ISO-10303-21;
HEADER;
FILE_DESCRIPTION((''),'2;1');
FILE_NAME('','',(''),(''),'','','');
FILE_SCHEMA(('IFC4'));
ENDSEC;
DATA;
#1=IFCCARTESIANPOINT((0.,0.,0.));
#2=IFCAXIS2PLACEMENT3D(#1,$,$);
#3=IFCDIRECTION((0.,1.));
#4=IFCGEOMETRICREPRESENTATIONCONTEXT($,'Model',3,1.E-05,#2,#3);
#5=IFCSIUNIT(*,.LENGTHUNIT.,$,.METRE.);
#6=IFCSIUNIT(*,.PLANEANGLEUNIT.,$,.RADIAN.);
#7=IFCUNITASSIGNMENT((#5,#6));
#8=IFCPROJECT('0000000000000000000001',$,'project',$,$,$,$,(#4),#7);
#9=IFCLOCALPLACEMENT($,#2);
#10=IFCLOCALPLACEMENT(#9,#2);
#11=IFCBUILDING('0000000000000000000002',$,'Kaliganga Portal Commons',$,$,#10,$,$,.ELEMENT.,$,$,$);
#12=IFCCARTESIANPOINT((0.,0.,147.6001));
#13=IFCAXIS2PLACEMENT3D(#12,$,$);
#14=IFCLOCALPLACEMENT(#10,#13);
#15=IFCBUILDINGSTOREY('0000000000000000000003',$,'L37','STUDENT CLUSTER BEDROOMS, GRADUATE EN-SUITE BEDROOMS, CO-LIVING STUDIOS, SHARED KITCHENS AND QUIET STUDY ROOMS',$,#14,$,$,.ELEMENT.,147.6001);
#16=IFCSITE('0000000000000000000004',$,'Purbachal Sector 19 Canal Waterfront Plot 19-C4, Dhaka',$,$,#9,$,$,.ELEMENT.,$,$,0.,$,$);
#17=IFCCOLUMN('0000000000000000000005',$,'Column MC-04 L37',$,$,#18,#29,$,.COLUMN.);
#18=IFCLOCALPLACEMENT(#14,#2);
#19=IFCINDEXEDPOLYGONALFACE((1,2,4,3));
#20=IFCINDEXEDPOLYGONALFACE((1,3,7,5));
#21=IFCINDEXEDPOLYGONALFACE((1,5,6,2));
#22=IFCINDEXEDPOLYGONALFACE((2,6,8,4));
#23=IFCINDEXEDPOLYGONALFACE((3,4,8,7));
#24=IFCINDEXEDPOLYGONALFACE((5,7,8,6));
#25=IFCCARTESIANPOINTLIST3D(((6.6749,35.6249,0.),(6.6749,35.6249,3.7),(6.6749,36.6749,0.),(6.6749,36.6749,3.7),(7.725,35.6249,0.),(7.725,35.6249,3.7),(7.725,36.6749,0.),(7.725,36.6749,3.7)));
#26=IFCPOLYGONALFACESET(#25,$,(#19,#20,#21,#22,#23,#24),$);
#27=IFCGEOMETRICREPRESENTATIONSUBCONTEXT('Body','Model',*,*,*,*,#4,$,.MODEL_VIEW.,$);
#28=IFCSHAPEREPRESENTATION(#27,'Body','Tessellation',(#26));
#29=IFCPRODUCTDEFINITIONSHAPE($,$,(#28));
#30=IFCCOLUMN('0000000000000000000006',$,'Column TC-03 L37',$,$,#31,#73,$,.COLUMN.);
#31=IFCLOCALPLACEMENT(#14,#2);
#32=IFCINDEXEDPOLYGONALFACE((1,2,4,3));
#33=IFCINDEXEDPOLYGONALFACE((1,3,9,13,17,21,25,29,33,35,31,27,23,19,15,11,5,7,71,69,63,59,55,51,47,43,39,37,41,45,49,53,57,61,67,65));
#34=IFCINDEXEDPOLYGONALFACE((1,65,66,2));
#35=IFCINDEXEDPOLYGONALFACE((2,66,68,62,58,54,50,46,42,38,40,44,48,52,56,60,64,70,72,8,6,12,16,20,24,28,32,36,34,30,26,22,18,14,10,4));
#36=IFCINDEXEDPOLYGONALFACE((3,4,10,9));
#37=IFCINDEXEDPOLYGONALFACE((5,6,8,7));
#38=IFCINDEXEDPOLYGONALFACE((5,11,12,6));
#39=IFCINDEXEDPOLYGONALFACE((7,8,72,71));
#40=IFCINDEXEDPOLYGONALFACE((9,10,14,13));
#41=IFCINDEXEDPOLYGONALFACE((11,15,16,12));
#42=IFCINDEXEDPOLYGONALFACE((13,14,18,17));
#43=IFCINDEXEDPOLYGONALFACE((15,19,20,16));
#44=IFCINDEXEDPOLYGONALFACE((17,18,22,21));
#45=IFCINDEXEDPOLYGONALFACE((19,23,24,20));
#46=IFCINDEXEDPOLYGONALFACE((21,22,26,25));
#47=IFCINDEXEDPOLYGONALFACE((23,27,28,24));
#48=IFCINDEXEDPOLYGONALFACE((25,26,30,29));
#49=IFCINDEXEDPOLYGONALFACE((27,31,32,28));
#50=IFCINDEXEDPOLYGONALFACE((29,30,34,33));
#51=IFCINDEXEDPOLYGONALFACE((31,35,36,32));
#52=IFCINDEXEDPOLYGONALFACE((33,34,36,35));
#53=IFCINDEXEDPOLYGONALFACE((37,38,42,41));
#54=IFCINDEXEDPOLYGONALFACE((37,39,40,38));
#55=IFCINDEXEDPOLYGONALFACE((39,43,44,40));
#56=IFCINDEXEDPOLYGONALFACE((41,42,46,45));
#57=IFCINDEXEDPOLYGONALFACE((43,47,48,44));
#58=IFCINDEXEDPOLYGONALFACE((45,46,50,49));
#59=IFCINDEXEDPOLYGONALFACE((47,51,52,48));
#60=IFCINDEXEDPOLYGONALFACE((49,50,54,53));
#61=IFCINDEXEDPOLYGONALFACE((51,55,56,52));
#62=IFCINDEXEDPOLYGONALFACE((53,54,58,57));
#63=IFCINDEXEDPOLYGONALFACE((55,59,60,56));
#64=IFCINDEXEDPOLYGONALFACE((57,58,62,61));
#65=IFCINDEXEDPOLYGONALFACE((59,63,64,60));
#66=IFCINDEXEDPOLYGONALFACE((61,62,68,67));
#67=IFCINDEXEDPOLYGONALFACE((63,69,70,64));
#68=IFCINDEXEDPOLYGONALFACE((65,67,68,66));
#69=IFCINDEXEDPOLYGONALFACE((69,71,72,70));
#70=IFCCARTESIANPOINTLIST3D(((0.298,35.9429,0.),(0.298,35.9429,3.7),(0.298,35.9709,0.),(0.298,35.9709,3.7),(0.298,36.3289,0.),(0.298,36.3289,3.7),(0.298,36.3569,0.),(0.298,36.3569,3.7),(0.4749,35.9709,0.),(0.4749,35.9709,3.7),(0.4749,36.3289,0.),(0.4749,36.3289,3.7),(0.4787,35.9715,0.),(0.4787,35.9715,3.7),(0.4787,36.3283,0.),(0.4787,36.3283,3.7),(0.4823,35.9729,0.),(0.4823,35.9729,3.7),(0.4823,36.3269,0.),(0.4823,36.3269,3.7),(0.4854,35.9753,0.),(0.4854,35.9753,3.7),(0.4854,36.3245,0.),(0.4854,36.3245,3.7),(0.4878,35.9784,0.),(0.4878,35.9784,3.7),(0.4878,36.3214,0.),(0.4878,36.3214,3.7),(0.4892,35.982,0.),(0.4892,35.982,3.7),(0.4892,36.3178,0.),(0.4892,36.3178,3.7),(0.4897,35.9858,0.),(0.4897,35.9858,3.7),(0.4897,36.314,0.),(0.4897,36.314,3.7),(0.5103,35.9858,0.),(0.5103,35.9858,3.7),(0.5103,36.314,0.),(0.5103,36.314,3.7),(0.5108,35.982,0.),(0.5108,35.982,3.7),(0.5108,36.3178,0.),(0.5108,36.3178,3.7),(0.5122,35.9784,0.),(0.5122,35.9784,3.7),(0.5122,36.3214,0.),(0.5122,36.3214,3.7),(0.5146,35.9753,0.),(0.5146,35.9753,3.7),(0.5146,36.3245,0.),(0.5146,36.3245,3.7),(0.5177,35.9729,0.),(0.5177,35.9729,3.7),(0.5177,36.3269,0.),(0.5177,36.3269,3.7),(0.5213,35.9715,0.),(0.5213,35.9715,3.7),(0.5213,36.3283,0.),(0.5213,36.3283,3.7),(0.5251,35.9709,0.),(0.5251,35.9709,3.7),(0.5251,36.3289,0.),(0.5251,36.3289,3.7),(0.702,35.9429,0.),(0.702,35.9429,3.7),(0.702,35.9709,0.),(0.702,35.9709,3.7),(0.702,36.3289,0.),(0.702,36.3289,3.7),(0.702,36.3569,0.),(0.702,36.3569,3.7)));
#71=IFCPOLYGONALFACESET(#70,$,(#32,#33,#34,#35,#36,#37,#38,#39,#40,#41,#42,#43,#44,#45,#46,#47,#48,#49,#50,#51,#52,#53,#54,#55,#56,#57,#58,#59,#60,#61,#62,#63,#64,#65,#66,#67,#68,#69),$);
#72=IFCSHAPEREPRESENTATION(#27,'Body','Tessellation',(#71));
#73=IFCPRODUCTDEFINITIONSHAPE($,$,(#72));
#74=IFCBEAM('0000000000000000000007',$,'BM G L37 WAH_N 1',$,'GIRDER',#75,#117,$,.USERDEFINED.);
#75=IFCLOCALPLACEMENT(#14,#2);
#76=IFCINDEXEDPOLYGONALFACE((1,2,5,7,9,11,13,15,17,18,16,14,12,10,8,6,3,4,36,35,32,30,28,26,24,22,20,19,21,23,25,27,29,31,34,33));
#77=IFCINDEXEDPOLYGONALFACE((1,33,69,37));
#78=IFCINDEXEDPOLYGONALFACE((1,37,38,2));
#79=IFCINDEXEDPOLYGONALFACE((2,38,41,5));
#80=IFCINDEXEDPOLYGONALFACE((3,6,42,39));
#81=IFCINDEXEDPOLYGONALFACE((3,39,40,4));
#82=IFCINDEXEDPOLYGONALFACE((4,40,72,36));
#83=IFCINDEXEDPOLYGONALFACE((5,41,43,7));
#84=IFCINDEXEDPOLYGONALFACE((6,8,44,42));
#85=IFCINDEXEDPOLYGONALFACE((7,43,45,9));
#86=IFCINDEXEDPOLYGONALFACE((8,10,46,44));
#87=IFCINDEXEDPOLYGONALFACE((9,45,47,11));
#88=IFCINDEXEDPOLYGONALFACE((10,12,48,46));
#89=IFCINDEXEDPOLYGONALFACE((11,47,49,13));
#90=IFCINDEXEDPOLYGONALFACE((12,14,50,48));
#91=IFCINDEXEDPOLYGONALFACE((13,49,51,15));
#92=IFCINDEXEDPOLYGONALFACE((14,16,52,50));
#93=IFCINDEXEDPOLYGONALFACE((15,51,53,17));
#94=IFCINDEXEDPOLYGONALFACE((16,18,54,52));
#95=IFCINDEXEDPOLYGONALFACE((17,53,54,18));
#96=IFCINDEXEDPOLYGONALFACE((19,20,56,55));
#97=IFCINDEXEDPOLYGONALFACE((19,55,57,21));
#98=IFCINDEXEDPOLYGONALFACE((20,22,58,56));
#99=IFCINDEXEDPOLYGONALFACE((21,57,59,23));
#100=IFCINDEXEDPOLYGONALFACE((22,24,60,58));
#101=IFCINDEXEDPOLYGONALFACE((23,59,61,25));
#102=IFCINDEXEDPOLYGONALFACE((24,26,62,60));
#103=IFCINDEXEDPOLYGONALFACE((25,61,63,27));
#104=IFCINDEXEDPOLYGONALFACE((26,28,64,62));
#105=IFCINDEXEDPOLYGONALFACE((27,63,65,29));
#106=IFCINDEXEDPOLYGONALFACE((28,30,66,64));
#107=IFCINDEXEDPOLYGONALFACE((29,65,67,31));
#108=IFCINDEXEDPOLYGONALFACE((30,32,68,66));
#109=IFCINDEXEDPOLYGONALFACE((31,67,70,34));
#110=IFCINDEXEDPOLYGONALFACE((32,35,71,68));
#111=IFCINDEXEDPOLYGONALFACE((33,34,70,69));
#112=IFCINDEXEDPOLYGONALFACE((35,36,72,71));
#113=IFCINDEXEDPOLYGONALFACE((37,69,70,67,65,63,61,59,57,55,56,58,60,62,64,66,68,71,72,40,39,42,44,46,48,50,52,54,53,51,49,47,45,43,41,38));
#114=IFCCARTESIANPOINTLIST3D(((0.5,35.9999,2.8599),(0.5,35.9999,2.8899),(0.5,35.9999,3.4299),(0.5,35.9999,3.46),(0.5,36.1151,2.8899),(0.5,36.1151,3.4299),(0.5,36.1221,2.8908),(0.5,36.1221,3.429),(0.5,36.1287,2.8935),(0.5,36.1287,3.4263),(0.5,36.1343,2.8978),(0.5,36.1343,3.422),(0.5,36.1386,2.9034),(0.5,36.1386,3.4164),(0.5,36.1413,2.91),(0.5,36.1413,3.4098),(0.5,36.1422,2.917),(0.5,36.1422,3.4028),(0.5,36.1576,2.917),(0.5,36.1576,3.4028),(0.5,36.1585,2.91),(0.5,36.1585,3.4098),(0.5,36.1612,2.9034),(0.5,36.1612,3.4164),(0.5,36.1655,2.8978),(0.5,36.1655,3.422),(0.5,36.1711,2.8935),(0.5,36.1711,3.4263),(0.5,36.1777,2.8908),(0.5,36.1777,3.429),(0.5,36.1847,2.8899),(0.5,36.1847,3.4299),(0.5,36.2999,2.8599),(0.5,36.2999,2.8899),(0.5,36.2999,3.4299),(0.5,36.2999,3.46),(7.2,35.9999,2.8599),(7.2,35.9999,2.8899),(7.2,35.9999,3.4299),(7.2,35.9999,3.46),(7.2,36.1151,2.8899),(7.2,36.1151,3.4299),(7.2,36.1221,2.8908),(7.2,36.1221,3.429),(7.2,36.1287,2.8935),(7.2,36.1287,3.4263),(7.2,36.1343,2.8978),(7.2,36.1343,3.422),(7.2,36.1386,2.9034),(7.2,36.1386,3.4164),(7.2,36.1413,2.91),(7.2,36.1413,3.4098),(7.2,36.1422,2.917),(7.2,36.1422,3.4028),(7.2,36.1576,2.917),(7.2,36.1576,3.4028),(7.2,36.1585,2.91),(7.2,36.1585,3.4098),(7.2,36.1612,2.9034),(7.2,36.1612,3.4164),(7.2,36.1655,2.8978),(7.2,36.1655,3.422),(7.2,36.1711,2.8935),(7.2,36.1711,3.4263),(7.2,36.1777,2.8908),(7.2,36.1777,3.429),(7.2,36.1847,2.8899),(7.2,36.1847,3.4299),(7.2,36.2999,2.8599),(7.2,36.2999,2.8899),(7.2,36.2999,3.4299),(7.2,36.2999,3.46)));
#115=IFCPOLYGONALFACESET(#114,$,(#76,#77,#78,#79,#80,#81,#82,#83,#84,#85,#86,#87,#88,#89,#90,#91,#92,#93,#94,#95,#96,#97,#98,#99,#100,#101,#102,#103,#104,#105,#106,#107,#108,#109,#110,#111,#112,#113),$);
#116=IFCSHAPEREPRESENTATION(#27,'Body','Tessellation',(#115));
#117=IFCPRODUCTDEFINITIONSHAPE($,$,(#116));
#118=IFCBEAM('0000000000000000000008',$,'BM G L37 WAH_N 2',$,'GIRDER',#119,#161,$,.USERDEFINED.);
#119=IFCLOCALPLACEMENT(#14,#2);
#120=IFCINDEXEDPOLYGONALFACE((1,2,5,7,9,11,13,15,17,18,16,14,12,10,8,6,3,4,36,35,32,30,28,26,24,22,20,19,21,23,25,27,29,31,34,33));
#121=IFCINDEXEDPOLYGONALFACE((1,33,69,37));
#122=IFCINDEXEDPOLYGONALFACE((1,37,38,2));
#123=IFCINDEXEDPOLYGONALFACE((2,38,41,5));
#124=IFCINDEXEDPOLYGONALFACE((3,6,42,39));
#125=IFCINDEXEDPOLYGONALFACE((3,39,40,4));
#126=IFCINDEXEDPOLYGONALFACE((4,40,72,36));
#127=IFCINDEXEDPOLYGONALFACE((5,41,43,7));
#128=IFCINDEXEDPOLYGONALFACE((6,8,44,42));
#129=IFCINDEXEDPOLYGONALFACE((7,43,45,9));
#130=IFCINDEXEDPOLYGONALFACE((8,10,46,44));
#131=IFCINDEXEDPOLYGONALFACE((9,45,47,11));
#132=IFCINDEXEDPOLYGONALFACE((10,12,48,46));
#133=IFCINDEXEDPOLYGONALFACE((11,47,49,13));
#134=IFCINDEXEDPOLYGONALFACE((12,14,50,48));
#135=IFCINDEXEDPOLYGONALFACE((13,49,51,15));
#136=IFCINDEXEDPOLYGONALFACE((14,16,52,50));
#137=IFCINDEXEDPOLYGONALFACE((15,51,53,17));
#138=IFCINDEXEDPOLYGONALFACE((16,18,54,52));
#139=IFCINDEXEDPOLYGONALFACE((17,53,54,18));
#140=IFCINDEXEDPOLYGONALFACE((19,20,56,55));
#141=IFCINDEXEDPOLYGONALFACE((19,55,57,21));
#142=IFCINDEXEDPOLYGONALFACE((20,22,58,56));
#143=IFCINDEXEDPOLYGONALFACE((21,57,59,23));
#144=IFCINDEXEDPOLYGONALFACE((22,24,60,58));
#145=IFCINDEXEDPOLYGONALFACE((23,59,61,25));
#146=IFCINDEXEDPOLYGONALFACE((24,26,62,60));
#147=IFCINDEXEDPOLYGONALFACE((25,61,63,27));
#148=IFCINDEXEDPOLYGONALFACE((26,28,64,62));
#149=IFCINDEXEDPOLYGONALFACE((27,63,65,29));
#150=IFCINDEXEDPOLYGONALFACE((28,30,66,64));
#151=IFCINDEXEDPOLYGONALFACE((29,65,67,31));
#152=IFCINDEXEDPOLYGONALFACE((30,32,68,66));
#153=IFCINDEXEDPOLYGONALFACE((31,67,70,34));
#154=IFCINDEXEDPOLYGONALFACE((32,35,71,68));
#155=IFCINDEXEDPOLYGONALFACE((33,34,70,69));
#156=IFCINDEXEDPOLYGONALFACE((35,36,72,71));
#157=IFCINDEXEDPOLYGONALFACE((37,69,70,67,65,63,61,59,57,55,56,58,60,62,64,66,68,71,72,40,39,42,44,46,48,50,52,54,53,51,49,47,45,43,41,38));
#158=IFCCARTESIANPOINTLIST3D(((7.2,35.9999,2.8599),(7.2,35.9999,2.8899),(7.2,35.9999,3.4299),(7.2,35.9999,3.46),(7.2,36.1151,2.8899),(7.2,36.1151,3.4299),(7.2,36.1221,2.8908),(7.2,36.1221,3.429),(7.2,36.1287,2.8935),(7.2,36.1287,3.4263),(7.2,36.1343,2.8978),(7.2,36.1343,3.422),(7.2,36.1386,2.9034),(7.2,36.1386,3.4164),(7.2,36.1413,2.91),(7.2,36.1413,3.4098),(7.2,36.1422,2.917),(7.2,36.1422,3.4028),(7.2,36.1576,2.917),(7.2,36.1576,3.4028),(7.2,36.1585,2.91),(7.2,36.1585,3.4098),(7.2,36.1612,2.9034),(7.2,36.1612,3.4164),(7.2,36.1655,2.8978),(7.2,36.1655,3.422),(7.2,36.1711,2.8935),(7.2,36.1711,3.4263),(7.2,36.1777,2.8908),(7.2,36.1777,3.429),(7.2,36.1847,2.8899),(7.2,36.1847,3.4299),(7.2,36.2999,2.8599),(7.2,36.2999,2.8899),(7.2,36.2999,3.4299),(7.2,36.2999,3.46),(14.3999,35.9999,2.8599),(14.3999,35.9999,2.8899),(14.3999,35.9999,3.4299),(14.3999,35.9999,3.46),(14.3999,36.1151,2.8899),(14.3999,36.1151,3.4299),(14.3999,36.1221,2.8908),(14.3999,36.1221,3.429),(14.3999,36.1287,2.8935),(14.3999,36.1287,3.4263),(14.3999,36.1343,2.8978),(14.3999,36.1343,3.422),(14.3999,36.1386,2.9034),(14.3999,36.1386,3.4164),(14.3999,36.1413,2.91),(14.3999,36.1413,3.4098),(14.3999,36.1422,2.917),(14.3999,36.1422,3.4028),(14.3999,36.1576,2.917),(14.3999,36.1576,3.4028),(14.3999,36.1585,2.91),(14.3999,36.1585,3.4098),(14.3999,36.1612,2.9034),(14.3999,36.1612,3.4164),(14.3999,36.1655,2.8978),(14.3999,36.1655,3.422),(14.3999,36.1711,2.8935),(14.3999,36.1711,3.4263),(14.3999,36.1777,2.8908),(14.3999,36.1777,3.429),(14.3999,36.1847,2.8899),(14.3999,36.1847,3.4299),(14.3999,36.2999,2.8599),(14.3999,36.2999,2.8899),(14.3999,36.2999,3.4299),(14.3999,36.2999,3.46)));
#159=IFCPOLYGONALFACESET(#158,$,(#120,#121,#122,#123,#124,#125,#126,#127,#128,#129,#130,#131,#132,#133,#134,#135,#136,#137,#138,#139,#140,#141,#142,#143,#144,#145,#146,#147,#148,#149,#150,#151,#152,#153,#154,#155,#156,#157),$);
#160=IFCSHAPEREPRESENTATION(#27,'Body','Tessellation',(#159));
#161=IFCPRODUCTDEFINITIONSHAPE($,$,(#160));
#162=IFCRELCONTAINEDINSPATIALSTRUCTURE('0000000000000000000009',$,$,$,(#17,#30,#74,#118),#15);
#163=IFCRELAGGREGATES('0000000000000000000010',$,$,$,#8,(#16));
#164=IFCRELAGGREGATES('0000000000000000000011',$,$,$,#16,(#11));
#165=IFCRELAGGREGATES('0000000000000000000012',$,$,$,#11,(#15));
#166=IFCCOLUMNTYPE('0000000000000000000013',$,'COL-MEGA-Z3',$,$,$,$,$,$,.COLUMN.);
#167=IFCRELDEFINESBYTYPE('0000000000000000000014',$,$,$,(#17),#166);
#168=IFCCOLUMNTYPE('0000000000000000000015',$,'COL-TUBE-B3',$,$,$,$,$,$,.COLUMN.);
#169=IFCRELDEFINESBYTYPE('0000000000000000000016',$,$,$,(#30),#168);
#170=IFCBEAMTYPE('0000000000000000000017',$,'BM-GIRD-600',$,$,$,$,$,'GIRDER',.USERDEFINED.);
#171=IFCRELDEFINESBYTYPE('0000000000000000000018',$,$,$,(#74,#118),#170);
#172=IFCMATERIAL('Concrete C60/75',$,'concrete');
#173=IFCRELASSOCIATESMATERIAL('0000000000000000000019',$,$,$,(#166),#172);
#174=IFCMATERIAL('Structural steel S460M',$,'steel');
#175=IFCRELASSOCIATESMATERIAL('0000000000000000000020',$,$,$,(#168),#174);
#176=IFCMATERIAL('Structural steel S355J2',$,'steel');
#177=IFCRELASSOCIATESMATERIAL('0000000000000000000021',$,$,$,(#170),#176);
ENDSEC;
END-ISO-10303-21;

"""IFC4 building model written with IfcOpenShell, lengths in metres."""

from ifc_helpers import new_model, si_unit, direction, frame, origin, origin_2d, place, context, subcontext, project, spatial, rectangle, i_section, extrude, source, transform, mapped, material, material_profile, profile_set, type_object, element, save


model = new_model("IFC4")

# Units and contexts
model_context = context("Model", 3, precision=1e-05, world=origin(), true_north=direction((0.0, 1.0)))
body_context = subcontext(model_context, "Body", "Model", "MODEL_VIEW")
ifc_project = project(units=[si_unit("LENGTHUNIT", "METRE"), si_unit("PLANEANGLEUNIT", "RADIAN")], contexts=[model_context])

# Site, building, storey
site_placement = place(None, origin())
site = spatial("IfcSite", under=ifc_project, at=site_placement, Name="Purbachal Sector 19 Canal Waterfront Plot 19-C4, Dhaka", CompositionType="ELEMENT", RefElevation=0.0)
building_placement = place(site_placement, origin())
building = spatial("IfcBuilding", under=site, at=building_placement, Name="Kaliganga Portal Commons", CompositionType="ELEMENT")
storey_placement = place(building_placement, frame((0.0, 0.0, 147.6001)))
storey = spatial("IfcBuildingStorey", under=building, at=storey_placement, Name="L37", Description="STUDENT CLUSTER BEDROOMS, GRADUATE EN-SUITE BEDROOMS, CO-LIVING STUDIOS, SHARED KITCHENS AND QUIET STUDY ROOMS", CompositionType="ELEMENT", Elevation=147.6001)

# Columns
ifc_material_1 = material(Name="Concrete C60/75", Category="concrete")
ifc_material_profile_1 = material_profile(ifc_material_1, rectangle(XDim=1.05, YDim=1.05, at=origin_2d()), Name="RC 1050x1050")
ifc_profile_set_1 = profile_set([ifc_material_profile_1], Name="Concrete C60/75")
column_type_1 = type_object("IfcColumnType", Name="COL-MEGA-Z3", PredefinedType="COLUMN", material=ifc_profile_set_1)
shared_shape_1 = source(origin(), body_context, "Body", "SweptSolid", [
    extrude(rectangle(XDim=1.05, YDim=1.05, at=origin_2d()), origin(), (0.0, 0.0, 1.0), 3.7),
])
column_1_placement = place(storey_placement, frame((7.2, 36.1499, 0.0), z_axis=(0.0, 0.0, 1.0), x_axis=(1.0, 0.0, 0.0)))
element("IfcColumn", 1, at=column_1_placement, inside=storey, type_object=column_type_1, Name="Column MC-04 L37", PredefinedType="COLUMN", context=body_context, shape_type="MappedRepresentation", body=[
    mapped(shared_shape_1, transform((0.0, 0.0, 0.0), x_axis=(1.0, 0.0, 0.0), y_axis=(0.0, 1.0, 0.0), z_axis=(0.0, 0.0, 1.0), scale=1.0)),
])
ifc_material_2 = material(Name="Structural steel S460M", Category="steel")
ifc_material_profile_2 = material_profile(ifc_material_2, i_section(OverallWidth=0.4041, OverallDepth=0.4141, WebThickness=0.0205, FlangeThickness=0.0281, FilletRadius=0.0149, at=origin_2d()), Name="HD 400x347")
ifc_profile_set_2 = profile_set([ifc_material_profile_2], Name="Structural steel S460M wide-flange")
column_type_2 = type_object("IfcColumnType", Name="COL-TUBE-B3", PredefinedType="COLUMN", material=ifc_profile_set_2)
shared_shape_2 = source(origin(), body_context, "Body", "SweptSolid", [
    extrude(i_section(OverallWidth=0.4041, OverallDepth=0.4141, WebThickness=0.0205, FlangeThickness=0.0281, FilletRadius=0.0149, at=origin_2d()), origin(), (0.0, 0.0, 1.0), 3.7),
])
column_2_placement = place(storey_placement, frame((0.5, 36.1499, 0.0), z_axis=(0.0, 0.0, 1.0), x_axis=(1.0, 0.0, 0.0)))
element("IfcColumn", 2, at=column_2_placement, inside=storey, type_object=column_type_2, Name="Column TC-03 L37", PredefinedType="COLUMN", context=body_context, shape_type="MappedRepresentation", body=[
    mapped(shared_shape_2, transform((0.0, 0.0, 0.0), x_axis=(1.0, 0.0, 0.0), y_axis=(0.0, 1.0, 0.0), z_axis=(0.0, 0.0, 1.0), scale=1.0)),
])

# Beams
ifc_material_3 = material(Name="Structural steel S355J2", Category="steel")
ifc_material_profile_3 = material_profile(ifc_material_3, i_section(OverallWidth=0.3, OverallDepth=0.6001, WebThickness=0.0154, FlangeThickness=0.03, FilletRadius=0.0271, at=origin_2d()), Name="HE 600 B")
ifc_profile_set_3 = profile_set([ifc_material_profile_3], Name="Structural steel S355J2 wide-flange")
beam_type = type_object("IfcBeamType", Name="BM-GIRD-600", ElementType="GIRDER", PredefinedType="USERDEFINED", material=ifc_profile_set_3)
shared_shape_3 = source(origin(), body_context, "Body", "SweptSolid", [
    extrude(i_section(OverallWidth=0.3, OverallDepth=0.6001, WebThickness=0.0154, FlangeThickness=0.03, FilletRadius=0.0271, at=origin_2d()), origin(), (0.0, 0.0, 1.0), 6.7),
])
beam_1_placement = place(storey_placement, frame((0.5, 36.1499, 3.1599), z_axis=(1.0, 0.0, 0.0), x_axis=(0.0, 1.0, 0.0)))
element("IfcBeam", 3, at=beam_1_placement, inside=storey, type_object=beam_type, Name="BM G L37 WAH_N 1", ObjectType="GIRDER", PredefinedType="USERDEFINED", context=body_context, shape_type="MappedRepresentation", body=[
    mapped(shared_shape_3, transform((0.0, 0.0, 0.0), x_axis=(1.0, 0.0, 0.0), y_axis=(0.0, 1.0, 0.0), z_axis=(0.0, 0.0, 1.0), scale=1.0)),
])
shared_shape_4 = source(origin(), body_context, "Body", "SweptSolid", [
    extrude(i_section(OverallWidth=0.3, OverallDepth=0.6001, WebThickness=0.0154, FlangeThickness=0.03, FilletRadius=0.0271, at=origin_2d()), origin(), (0.0, 0.0, 1.0), 7.2),
])
beam_2_placement = place(storey_placement, frame((7.2, 36.1499, 3.1599), z_axis=(1.0, 0.0, 0.0), x_axis=(0.0, 1.0, 0.0)))
element("IfcBeam", 4, at=beam_2_placement, inside=storey, type_object=beam_type, Name="BM G L37 WAH_N 2", ObjectType="GIRDER", PredefinedType="USERDEFINED", context=body_context, shape_type="MappedRepresentation", body=[
    mapped(shared_shape_4, transform((0.0, 0.0, 0.0), x_axis=(1.0, 0.0, 0.0), y_axis=(0.0, 1.0, 0.0), z_axis=(0.0, 0.0, 1.0), scale=1.0)),
])

save(model, "model.ifc")
